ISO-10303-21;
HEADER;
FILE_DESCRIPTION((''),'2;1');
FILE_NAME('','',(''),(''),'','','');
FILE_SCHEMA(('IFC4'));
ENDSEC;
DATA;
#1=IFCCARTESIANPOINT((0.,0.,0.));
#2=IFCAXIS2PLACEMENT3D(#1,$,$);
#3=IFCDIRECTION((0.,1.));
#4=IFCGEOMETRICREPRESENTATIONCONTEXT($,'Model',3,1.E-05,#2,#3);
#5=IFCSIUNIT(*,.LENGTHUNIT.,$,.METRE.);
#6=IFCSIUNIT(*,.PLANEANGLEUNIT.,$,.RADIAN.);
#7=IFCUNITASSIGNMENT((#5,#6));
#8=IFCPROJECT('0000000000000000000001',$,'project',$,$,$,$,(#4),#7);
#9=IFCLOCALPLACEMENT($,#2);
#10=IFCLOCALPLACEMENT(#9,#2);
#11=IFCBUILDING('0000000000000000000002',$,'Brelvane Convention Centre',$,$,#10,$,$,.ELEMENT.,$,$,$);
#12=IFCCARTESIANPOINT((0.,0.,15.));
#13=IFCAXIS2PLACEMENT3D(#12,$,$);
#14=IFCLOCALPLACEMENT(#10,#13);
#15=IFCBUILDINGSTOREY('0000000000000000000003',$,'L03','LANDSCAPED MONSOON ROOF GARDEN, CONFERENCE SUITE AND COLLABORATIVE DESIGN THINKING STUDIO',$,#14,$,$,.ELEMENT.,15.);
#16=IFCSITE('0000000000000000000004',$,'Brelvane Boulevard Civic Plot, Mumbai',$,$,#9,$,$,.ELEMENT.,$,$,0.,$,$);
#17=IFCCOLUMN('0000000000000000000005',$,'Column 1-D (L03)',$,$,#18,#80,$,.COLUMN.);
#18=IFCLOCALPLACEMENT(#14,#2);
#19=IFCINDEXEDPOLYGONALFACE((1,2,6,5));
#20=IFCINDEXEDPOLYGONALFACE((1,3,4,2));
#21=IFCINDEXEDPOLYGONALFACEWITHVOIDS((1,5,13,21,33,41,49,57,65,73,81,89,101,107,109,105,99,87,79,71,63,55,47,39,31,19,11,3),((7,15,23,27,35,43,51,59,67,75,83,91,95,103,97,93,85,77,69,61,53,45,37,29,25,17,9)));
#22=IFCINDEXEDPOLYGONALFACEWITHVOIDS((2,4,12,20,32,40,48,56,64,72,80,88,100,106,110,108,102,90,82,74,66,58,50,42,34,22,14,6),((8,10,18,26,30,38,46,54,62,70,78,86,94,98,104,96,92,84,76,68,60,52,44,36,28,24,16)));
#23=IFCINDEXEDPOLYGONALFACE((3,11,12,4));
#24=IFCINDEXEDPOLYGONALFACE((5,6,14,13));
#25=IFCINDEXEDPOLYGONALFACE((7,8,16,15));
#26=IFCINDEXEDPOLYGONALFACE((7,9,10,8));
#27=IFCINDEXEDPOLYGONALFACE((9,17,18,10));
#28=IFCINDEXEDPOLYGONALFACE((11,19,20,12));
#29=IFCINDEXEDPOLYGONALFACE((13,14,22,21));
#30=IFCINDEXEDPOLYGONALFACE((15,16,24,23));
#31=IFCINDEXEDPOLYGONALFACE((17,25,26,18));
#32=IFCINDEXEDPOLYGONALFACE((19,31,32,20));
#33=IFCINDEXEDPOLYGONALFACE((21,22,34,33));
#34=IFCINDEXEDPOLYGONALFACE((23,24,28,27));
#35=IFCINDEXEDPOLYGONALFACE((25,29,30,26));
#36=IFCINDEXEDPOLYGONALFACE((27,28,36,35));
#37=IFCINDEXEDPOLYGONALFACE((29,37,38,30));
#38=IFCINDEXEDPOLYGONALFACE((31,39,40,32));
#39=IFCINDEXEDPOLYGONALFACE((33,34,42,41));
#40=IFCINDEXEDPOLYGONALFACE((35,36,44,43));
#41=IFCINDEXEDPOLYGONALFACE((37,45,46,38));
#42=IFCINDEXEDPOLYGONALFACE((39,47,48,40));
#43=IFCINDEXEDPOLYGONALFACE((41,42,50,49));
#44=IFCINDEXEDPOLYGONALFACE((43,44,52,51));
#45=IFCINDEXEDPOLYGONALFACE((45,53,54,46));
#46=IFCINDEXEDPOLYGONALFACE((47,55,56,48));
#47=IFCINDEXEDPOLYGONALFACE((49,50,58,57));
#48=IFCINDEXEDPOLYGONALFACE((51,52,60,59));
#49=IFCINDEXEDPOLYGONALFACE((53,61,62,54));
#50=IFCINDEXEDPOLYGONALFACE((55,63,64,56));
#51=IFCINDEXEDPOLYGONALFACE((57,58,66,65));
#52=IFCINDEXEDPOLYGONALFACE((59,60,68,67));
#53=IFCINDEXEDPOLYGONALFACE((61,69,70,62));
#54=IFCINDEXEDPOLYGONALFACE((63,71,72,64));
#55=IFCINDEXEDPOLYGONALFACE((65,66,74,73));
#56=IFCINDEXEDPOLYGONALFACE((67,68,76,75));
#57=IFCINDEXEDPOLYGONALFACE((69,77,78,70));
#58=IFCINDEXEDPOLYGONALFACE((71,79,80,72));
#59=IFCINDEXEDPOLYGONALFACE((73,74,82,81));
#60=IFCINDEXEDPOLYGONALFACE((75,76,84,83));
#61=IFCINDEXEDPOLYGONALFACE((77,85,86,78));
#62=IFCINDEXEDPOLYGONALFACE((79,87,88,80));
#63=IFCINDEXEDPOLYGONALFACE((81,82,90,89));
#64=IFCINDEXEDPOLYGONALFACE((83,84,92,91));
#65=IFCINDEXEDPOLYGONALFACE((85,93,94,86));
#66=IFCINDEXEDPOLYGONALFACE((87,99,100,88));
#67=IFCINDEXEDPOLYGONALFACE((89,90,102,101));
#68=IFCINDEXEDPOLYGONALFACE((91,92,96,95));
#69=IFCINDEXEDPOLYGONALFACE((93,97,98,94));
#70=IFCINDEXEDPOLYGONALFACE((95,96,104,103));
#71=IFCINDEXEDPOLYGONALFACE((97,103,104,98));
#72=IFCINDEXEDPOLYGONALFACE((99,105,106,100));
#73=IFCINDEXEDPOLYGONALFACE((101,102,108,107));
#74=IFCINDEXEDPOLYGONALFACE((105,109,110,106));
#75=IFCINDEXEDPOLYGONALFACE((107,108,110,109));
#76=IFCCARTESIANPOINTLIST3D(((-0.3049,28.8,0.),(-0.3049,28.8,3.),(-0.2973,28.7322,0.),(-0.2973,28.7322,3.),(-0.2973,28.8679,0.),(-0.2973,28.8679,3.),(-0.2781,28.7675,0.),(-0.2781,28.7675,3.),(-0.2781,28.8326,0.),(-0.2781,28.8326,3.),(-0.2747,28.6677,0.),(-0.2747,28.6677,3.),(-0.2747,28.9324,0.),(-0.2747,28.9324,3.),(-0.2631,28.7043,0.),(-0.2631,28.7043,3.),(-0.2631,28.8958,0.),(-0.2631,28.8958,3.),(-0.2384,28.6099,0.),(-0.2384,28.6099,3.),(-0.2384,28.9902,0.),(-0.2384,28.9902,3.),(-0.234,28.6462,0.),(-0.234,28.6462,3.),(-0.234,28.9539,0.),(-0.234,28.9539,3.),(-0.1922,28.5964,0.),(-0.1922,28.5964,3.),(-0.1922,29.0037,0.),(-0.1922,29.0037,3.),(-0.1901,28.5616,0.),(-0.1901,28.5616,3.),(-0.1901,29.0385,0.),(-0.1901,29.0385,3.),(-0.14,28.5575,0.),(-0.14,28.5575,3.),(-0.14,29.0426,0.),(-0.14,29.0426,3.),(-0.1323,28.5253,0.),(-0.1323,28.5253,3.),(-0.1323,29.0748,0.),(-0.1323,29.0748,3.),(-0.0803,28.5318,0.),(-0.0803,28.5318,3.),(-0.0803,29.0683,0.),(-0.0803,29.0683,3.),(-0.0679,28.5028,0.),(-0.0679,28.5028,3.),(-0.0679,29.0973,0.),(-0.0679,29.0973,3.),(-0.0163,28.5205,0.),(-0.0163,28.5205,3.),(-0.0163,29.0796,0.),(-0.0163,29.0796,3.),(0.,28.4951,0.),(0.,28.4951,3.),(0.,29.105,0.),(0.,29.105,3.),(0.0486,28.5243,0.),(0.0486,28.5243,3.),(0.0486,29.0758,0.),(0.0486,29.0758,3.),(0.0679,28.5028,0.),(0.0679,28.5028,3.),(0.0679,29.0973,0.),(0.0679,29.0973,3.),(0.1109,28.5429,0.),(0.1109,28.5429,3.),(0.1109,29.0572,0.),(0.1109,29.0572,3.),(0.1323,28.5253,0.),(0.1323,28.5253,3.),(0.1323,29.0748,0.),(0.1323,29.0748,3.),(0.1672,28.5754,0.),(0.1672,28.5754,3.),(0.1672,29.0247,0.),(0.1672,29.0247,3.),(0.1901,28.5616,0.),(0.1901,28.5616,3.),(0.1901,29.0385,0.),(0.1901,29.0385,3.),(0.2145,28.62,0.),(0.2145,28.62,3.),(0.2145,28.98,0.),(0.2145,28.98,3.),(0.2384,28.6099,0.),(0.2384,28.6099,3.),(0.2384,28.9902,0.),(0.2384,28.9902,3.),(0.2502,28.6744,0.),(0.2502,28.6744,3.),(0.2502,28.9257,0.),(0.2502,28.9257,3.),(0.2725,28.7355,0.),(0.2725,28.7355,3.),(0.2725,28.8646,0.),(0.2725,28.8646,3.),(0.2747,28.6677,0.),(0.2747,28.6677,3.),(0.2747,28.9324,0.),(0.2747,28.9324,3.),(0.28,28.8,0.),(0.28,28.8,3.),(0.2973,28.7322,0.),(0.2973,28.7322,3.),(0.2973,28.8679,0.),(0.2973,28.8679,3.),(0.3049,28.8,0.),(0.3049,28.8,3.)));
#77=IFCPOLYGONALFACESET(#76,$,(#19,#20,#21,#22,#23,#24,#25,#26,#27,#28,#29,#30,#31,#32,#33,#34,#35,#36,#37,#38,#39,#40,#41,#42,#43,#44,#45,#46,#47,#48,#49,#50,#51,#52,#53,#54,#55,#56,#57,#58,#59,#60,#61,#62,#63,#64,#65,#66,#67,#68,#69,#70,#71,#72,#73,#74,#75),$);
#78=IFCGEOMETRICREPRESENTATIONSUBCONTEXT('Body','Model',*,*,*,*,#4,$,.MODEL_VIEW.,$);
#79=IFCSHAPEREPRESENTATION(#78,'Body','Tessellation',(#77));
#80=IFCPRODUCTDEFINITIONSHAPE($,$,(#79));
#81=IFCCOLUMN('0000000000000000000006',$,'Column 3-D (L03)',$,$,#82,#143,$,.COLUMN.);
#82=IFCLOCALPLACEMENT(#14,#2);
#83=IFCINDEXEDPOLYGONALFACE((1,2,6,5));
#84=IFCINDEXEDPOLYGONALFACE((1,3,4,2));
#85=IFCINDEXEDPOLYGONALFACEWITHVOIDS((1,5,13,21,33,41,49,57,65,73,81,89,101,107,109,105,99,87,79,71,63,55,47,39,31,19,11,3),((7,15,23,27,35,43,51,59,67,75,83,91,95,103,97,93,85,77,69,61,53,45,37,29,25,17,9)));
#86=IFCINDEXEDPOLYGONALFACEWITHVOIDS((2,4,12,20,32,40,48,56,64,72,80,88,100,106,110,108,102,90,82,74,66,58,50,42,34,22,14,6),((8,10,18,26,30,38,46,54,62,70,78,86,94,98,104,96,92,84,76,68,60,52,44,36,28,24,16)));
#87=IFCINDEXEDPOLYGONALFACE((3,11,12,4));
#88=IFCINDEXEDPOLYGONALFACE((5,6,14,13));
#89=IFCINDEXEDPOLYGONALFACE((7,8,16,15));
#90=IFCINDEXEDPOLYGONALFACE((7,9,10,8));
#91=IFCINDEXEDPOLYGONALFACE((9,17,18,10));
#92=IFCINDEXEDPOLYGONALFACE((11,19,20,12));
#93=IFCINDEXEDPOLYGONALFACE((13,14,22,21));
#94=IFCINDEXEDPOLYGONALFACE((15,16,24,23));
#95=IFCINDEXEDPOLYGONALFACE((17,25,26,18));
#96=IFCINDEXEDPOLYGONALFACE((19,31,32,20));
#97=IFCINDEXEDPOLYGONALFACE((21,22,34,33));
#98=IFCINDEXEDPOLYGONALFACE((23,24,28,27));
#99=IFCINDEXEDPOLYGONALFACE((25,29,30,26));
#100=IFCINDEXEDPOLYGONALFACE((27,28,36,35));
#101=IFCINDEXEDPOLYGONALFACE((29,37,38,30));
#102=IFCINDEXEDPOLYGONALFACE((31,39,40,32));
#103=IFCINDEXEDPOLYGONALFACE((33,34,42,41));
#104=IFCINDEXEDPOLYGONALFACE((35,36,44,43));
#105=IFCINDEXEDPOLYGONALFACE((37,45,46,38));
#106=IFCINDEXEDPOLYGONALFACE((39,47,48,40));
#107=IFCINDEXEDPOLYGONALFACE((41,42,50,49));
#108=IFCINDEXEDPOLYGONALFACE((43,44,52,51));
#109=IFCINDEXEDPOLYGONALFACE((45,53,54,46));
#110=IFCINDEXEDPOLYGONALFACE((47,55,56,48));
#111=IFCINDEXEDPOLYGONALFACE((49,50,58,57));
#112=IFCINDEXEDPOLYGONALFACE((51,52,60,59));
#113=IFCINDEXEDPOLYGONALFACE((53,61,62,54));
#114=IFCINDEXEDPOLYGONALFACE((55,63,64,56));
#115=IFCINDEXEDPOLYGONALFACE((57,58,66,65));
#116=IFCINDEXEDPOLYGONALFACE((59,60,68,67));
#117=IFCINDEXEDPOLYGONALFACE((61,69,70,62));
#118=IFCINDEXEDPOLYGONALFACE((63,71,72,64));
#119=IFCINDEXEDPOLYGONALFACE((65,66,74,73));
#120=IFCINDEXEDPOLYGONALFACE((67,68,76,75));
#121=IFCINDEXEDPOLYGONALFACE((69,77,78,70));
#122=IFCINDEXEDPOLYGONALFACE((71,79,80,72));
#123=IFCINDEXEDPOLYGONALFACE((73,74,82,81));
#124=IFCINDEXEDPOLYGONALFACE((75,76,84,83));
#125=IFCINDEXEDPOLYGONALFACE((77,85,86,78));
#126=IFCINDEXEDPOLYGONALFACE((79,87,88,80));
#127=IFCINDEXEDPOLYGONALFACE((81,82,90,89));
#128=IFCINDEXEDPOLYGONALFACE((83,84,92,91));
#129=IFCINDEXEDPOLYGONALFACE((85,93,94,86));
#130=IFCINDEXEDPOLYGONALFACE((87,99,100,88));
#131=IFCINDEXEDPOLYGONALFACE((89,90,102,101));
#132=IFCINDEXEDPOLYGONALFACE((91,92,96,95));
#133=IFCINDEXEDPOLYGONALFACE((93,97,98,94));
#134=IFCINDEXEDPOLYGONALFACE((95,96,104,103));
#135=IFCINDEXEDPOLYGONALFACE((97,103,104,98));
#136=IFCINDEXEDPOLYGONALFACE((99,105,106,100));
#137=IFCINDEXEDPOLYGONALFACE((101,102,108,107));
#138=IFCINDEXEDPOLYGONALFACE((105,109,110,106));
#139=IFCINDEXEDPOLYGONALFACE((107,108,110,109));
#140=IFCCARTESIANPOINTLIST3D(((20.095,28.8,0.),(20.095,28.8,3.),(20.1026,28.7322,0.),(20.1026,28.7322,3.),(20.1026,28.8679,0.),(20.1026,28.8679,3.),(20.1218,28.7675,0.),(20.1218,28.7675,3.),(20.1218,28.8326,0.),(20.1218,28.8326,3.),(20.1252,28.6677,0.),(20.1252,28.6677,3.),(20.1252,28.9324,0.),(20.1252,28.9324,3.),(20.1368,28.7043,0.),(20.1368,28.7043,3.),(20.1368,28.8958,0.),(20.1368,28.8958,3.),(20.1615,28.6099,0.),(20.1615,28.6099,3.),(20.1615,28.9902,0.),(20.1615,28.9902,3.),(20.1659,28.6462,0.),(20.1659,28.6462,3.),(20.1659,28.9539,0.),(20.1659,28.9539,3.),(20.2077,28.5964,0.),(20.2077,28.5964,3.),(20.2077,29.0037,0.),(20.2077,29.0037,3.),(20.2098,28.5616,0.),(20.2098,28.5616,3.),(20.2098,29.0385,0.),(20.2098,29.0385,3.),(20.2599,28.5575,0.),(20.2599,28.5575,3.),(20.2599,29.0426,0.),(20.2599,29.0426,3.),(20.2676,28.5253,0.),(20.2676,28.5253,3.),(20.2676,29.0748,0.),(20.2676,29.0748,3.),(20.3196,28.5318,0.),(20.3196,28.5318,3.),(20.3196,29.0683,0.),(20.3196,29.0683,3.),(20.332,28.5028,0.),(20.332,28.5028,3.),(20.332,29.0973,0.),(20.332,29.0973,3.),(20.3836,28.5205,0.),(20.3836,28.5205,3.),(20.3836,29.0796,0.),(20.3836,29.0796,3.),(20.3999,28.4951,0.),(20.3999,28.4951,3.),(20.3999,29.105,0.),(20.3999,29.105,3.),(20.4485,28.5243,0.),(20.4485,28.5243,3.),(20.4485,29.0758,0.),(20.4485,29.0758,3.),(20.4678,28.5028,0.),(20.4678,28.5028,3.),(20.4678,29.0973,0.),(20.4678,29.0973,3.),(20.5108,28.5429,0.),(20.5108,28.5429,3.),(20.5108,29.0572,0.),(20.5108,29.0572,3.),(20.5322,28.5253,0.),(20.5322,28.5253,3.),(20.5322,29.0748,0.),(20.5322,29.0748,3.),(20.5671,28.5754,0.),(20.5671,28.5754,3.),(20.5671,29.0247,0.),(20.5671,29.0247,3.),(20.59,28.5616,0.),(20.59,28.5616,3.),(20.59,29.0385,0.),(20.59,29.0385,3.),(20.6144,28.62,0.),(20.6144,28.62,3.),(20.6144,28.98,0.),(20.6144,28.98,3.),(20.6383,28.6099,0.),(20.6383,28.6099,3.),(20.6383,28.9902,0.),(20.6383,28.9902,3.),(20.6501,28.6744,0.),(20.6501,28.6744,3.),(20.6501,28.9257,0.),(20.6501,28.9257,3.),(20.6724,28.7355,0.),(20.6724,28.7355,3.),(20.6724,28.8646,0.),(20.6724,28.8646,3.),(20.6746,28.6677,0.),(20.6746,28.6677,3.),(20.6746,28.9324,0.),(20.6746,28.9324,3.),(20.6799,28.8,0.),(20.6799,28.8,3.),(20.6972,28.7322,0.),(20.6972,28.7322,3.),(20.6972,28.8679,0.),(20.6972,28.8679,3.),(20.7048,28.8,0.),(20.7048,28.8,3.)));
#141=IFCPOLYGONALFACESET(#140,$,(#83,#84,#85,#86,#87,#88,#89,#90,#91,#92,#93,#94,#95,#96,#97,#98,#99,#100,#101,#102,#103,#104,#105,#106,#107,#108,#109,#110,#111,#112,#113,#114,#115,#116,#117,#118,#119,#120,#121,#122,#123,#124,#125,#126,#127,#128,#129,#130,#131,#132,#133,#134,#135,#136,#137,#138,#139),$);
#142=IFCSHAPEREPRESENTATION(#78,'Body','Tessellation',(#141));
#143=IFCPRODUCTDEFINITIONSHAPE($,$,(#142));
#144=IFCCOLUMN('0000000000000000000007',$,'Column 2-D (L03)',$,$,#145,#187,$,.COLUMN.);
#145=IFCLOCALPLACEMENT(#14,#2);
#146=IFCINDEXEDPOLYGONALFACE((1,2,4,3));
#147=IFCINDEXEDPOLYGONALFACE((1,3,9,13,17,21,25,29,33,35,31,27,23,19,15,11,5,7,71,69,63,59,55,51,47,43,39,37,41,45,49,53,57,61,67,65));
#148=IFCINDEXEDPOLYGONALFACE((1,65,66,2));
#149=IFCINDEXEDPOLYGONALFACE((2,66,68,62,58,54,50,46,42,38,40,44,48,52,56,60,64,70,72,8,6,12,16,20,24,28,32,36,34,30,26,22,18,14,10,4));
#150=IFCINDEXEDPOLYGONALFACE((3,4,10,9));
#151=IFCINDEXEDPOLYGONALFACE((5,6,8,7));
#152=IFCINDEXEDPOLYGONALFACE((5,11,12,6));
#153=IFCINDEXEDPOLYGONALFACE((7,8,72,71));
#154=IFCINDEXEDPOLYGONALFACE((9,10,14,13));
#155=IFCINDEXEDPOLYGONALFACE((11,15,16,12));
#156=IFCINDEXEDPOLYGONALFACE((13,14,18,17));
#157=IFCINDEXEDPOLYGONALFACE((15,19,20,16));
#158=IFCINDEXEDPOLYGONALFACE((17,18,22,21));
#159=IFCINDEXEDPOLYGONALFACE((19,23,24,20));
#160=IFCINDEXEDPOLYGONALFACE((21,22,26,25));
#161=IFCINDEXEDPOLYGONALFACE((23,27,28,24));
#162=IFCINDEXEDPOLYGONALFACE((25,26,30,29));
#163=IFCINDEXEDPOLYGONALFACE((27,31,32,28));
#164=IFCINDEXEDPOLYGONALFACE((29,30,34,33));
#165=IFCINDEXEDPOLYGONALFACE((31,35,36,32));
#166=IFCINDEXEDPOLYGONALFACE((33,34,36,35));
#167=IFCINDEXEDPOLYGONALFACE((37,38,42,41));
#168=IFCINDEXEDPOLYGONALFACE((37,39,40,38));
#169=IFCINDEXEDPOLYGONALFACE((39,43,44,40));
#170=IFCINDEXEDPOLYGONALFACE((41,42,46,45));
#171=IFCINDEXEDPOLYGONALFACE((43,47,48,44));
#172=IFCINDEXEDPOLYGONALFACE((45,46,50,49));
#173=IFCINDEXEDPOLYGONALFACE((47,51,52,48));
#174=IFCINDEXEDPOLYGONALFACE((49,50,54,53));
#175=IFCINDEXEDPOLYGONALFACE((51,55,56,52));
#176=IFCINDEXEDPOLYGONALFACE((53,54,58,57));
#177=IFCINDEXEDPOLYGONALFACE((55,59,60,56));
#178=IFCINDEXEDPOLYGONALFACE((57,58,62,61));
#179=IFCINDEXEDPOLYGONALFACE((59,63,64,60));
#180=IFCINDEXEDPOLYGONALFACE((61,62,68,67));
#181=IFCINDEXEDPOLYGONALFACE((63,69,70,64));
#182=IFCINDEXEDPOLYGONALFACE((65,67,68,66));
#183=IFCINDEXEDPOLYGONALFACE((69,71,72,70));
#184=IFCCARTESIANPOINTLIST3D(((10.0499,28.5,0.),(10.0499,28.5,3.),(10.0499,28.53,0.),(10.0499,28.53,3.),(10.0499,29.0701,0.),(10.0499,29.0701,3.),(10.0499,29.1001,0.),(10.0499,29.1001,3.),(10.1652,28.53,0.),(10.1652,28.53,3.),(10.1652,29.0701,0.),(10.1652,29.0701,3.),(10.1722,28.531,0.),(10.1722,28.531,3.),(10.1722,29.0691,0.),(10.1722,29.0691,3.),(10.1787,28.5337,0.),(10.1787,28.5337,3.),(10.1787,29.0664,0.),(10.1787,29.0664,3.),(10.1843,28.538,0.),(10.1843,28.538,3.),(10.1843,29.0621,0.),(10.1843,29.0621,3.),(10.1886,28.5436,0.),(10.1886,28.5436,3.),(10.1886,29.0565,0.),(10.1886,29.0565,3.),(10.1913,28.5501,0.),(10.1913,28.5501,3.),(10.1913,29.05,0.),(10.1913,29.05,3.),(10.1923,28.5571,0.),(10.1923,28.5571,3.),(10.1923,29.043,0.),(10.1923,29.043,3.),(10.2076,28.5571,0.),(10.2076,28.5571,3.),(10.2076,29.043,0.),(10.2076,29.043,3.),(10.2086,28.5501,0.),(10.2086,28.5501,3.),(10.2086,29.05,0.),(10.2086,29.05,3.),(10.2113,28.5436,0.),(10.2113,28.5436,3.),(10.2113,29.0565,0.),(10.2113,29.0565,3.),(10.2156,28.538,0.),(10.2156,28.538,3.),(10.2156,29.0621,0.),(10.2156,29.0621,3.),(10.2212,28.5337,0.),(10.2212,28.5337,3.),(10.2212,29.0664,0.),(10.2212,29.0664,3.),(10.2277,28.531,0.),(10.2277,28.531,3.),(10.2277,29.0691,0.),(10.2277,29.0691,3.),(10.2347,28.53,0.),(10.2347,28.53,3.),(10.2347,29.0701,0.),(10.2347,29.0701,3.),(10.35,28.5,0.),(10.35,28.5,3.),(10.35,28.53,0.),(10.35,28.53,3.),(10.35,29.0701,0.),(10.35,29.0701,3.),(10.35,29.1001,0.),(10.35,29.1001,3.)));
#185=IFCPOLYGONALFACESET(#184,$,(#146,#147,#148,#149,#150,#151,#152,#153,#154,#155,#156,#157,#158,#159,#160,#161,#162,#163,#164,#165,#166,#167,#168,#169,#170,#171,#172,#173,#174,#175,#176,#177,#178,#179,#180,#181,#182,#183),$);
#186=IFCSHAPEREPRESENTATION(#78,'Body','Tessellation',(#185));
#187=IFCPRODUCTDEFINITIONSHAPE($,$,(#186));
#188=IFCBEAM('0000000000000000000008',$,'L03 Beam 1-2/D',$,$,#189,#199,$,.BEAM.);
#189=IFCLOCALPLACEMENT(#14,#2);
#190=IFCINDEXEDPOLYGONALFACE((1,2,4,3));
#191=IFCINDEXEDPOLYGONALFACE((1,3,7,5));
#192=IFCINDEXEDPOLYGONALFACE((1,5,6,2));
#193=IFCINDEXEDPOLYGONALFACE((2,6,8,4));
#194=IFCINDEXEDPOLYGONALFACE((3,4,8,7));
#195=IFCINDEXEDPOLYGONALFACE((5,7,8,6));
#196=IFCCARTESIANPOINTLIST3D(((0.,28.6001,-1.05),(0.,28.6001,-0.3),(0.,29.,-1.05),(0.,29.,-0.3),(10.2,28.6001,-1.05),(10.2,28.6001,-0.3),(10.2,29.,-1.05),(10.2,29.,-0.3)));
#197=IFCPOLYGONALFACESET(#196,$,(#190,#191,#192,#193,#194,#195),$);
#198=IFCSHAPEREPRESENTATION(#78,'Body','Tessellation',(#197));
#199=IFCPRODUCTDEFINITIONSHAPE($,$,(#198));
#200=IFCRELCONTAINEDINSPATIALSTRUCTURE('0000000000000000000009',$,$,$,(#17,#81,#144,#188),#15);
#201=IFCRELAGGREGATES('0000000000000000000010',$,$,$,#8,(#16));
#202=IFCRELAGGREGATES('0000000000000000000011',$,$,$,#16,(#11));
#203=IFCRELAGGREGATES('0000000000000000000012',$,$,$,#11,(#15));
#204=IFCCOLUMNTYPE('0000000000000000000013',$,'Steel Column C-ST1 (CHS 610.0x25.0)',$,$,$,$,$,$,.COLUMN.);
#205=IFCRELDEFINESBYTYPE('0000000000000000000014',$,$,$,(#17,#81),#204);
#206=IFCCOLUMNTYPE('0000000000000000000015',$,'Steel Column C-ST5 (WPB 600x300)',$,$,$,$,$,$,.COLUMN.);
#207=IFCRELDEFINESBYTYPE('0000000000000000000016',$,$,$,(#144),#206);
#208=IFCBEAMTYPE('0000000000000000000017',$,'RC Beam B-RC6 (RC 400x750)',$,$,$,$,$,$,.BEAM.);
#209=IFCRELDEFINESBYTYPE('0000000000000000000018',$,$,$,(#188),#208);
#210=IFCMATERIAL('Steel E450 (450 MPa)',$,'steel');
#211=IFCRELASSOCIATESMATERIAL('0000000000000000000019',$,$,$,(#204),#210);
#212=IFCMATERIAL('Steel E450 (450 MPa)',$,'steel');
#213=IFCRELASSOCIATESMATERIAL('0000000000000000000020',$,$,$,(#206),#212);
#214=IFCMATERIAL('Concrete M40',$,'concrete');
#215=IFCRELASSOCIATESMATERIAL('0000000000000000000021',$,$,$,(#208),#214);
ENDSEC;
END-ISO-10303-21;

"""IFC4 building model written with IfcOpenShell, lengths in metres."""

from ifc_helpers import new_model, si_unit, direction, frame, origin, origin_2d, place, context, subcontext, project, spatial, rectangle, hollow_circle, i_section, extrude, material, material_profile, profile_set, type_object, element, save


model = new_model("IFC4")

# Units and contexts
model_context = context("Model", 3, precision=1e-05, world=origin(), true_north=direction((0.0, 1.0)))
body_context = subcontext(model_context, "Body", "Model", "MODEL_VIEW")
ifc_project = project(units=[si_unit("LENGTHUNIT", "METRE"), si_unit("PLANEANGLEUNIT", "RADIAN")], contexts=[model_context])

# Site, building, storey
site_placement = place(None, origin())
site = spatial("IfcSite", under=ifc_project, at=site_placement, Name="Brelvane Boulevard Civic Plot, Mumbai", CompositionType="ELEMENT", RefElevation=0.0)
building_placement = place(site_placement, origin())
building = spatial("IfcBuilding", under=site, at=building_placement, Name="Brelvane Convention Centre", CompositionType="ELEMENT")
storey_placement = place(building_placement, frame((0.0, 0.0, 15.0)))
storey = spatial("IfcBuildingStorey", under=building, at=storey_placement, Name="L03", Description="LANDSCAPED MONSOON ROOF GARDEN, CONFERENCE SUITE AND COLLABORATIVE DESIGN THINKING STUDIO", CompositionType="ELEMENT", Elevation=15.0)

# Columns
ifc_material_1 = material(Name="Steel E450 (450 MPa)", Category="steel")
ifc_material_profile_1 = material_profile(ifc_material_1, hollow_circle(Radius=0.3049, WallThickness=0.0249, at=origin_2d()), Name="CHS 610.0x25.0")
ifc_profile_set_1 = profile_set([ifc_material_profile_1], Name="Steel E450 (450 MPa)")
column_type_1 = type_object("IfcColumnType", Name="Steel Column C-ST1 (CHS 610.0x25.0)", PredefinedType="COLUMN", material=ifc_profile_set_1)
for number, where, z_axis, x_axis, name in (
    (1, (0.0, 28.8, 0.0), (0.0, 0.0, 1.0), (1.0, 0.0, 0.0), "Column 1-D (L03)"),
    (2, (20.3999, 28.8, 0.0), (0.0, 0.0, 1.0), (1.0, 0.0, 0.0), "Column 3-D (L03)"),
):
    element("IfcColumn", number, at=place(storey_placement, frame(where, z_axis=z_axis, x_axis=x_axis)), inside=storey, type_object=column_type_1, Name=name, PredefinedType="COLUMN", context=body_context, shape_type="SweptSolid", body=[
        extrude(hollow_circle(Radius=0.3049, WallThickness=0.0249, at=origin_2d()), origin(), (0.0, 0.0, 1.0), 3.0),
    ])
ifc_material_2 = material(Name="Steel E450 (450 MPa)", Category="steel")
ifc_material_profile_2 = material_profile(ifc_material_2, i_section(OverallWidth=0.3, OverallDepth=0.6001, WebThickness=0.0154, FlangeThickness=0.03, FilletRadius=0.0271, at=origin_2d()), Name="WPB 600x300")
ifc_profile_set_2 = profile_set([ifc_material_profile_2], Name="Steel E450 (450 MPa)")
column_type_2 = type_object("IfcColumnType", Name="Steel Column C-ST5 (WPB 600x300)", PredefinedType="COLUMN", material=ifc_profile_set_2)
column_placement = place(storey_placement, frame((10.2, 28.8, 0.0), z_axis=(0.0, 0.0, 1.0), x_axis=(1.0, 0.0, 0.0)))
element("IfcColumn", 3, at=column_placement, inside=storey, type_object=column_type_2, Name="Column 2-D (L03)", PredefinedType="COLUMN", context=body_context, shape_type="SweptSolid", body=[
    extrude(i_section(OverallWidth=0.3, OverallDepth=0.6001, WebThickness=0.0154, FlangeThickness=0.03, FilletRadius=0.0271, at=origin_2d()), origin(), (0.0, 0.0, 1.0), 3.0),
])

# Beam
ifc_material_3 = material(Name="Concrete M40", Category="concrete")
ifc_material_profile_3 = material_profile(ifc_material_3, rectangle(XDim=0.3999, YDim=0.75, at=origin_2d()), Name="RC 400x750")
ifc_profile_set_3 = profile_set([ifc_material_profile_3], Name="Concrete M40")
beam_type_1 = type_object("IfcBeamType", Name="RC Beam B-RC6 (RC 400x750)", PredefinedType="BEAM", material=ifc_profile_set_3)
for number, where, z_axis, x_axis, name in (
    (4, (0.0, 28.8, -0.675), (1.0, 0.0, 0.0), (0.0, 1.0, 0.0), "L03 Beam 1-2/D"),
):
    element("IfcBeam", number, at=place(storey_placement, frame(where, z_axis=z_axis, x_axis=x_axis)), inside=storey, type_object=beam_type_1, Name=name, PredefinedType="BEAM", context=body_context, shape_type="SweptSolid", body=[
        extrude(rectangle(XDim=0.3999, YDim=0.75, at=origin_2d()), origin(), (0.0, 0.0, 1.0), 10.2),
    ])

save(model, "model.ifc")
